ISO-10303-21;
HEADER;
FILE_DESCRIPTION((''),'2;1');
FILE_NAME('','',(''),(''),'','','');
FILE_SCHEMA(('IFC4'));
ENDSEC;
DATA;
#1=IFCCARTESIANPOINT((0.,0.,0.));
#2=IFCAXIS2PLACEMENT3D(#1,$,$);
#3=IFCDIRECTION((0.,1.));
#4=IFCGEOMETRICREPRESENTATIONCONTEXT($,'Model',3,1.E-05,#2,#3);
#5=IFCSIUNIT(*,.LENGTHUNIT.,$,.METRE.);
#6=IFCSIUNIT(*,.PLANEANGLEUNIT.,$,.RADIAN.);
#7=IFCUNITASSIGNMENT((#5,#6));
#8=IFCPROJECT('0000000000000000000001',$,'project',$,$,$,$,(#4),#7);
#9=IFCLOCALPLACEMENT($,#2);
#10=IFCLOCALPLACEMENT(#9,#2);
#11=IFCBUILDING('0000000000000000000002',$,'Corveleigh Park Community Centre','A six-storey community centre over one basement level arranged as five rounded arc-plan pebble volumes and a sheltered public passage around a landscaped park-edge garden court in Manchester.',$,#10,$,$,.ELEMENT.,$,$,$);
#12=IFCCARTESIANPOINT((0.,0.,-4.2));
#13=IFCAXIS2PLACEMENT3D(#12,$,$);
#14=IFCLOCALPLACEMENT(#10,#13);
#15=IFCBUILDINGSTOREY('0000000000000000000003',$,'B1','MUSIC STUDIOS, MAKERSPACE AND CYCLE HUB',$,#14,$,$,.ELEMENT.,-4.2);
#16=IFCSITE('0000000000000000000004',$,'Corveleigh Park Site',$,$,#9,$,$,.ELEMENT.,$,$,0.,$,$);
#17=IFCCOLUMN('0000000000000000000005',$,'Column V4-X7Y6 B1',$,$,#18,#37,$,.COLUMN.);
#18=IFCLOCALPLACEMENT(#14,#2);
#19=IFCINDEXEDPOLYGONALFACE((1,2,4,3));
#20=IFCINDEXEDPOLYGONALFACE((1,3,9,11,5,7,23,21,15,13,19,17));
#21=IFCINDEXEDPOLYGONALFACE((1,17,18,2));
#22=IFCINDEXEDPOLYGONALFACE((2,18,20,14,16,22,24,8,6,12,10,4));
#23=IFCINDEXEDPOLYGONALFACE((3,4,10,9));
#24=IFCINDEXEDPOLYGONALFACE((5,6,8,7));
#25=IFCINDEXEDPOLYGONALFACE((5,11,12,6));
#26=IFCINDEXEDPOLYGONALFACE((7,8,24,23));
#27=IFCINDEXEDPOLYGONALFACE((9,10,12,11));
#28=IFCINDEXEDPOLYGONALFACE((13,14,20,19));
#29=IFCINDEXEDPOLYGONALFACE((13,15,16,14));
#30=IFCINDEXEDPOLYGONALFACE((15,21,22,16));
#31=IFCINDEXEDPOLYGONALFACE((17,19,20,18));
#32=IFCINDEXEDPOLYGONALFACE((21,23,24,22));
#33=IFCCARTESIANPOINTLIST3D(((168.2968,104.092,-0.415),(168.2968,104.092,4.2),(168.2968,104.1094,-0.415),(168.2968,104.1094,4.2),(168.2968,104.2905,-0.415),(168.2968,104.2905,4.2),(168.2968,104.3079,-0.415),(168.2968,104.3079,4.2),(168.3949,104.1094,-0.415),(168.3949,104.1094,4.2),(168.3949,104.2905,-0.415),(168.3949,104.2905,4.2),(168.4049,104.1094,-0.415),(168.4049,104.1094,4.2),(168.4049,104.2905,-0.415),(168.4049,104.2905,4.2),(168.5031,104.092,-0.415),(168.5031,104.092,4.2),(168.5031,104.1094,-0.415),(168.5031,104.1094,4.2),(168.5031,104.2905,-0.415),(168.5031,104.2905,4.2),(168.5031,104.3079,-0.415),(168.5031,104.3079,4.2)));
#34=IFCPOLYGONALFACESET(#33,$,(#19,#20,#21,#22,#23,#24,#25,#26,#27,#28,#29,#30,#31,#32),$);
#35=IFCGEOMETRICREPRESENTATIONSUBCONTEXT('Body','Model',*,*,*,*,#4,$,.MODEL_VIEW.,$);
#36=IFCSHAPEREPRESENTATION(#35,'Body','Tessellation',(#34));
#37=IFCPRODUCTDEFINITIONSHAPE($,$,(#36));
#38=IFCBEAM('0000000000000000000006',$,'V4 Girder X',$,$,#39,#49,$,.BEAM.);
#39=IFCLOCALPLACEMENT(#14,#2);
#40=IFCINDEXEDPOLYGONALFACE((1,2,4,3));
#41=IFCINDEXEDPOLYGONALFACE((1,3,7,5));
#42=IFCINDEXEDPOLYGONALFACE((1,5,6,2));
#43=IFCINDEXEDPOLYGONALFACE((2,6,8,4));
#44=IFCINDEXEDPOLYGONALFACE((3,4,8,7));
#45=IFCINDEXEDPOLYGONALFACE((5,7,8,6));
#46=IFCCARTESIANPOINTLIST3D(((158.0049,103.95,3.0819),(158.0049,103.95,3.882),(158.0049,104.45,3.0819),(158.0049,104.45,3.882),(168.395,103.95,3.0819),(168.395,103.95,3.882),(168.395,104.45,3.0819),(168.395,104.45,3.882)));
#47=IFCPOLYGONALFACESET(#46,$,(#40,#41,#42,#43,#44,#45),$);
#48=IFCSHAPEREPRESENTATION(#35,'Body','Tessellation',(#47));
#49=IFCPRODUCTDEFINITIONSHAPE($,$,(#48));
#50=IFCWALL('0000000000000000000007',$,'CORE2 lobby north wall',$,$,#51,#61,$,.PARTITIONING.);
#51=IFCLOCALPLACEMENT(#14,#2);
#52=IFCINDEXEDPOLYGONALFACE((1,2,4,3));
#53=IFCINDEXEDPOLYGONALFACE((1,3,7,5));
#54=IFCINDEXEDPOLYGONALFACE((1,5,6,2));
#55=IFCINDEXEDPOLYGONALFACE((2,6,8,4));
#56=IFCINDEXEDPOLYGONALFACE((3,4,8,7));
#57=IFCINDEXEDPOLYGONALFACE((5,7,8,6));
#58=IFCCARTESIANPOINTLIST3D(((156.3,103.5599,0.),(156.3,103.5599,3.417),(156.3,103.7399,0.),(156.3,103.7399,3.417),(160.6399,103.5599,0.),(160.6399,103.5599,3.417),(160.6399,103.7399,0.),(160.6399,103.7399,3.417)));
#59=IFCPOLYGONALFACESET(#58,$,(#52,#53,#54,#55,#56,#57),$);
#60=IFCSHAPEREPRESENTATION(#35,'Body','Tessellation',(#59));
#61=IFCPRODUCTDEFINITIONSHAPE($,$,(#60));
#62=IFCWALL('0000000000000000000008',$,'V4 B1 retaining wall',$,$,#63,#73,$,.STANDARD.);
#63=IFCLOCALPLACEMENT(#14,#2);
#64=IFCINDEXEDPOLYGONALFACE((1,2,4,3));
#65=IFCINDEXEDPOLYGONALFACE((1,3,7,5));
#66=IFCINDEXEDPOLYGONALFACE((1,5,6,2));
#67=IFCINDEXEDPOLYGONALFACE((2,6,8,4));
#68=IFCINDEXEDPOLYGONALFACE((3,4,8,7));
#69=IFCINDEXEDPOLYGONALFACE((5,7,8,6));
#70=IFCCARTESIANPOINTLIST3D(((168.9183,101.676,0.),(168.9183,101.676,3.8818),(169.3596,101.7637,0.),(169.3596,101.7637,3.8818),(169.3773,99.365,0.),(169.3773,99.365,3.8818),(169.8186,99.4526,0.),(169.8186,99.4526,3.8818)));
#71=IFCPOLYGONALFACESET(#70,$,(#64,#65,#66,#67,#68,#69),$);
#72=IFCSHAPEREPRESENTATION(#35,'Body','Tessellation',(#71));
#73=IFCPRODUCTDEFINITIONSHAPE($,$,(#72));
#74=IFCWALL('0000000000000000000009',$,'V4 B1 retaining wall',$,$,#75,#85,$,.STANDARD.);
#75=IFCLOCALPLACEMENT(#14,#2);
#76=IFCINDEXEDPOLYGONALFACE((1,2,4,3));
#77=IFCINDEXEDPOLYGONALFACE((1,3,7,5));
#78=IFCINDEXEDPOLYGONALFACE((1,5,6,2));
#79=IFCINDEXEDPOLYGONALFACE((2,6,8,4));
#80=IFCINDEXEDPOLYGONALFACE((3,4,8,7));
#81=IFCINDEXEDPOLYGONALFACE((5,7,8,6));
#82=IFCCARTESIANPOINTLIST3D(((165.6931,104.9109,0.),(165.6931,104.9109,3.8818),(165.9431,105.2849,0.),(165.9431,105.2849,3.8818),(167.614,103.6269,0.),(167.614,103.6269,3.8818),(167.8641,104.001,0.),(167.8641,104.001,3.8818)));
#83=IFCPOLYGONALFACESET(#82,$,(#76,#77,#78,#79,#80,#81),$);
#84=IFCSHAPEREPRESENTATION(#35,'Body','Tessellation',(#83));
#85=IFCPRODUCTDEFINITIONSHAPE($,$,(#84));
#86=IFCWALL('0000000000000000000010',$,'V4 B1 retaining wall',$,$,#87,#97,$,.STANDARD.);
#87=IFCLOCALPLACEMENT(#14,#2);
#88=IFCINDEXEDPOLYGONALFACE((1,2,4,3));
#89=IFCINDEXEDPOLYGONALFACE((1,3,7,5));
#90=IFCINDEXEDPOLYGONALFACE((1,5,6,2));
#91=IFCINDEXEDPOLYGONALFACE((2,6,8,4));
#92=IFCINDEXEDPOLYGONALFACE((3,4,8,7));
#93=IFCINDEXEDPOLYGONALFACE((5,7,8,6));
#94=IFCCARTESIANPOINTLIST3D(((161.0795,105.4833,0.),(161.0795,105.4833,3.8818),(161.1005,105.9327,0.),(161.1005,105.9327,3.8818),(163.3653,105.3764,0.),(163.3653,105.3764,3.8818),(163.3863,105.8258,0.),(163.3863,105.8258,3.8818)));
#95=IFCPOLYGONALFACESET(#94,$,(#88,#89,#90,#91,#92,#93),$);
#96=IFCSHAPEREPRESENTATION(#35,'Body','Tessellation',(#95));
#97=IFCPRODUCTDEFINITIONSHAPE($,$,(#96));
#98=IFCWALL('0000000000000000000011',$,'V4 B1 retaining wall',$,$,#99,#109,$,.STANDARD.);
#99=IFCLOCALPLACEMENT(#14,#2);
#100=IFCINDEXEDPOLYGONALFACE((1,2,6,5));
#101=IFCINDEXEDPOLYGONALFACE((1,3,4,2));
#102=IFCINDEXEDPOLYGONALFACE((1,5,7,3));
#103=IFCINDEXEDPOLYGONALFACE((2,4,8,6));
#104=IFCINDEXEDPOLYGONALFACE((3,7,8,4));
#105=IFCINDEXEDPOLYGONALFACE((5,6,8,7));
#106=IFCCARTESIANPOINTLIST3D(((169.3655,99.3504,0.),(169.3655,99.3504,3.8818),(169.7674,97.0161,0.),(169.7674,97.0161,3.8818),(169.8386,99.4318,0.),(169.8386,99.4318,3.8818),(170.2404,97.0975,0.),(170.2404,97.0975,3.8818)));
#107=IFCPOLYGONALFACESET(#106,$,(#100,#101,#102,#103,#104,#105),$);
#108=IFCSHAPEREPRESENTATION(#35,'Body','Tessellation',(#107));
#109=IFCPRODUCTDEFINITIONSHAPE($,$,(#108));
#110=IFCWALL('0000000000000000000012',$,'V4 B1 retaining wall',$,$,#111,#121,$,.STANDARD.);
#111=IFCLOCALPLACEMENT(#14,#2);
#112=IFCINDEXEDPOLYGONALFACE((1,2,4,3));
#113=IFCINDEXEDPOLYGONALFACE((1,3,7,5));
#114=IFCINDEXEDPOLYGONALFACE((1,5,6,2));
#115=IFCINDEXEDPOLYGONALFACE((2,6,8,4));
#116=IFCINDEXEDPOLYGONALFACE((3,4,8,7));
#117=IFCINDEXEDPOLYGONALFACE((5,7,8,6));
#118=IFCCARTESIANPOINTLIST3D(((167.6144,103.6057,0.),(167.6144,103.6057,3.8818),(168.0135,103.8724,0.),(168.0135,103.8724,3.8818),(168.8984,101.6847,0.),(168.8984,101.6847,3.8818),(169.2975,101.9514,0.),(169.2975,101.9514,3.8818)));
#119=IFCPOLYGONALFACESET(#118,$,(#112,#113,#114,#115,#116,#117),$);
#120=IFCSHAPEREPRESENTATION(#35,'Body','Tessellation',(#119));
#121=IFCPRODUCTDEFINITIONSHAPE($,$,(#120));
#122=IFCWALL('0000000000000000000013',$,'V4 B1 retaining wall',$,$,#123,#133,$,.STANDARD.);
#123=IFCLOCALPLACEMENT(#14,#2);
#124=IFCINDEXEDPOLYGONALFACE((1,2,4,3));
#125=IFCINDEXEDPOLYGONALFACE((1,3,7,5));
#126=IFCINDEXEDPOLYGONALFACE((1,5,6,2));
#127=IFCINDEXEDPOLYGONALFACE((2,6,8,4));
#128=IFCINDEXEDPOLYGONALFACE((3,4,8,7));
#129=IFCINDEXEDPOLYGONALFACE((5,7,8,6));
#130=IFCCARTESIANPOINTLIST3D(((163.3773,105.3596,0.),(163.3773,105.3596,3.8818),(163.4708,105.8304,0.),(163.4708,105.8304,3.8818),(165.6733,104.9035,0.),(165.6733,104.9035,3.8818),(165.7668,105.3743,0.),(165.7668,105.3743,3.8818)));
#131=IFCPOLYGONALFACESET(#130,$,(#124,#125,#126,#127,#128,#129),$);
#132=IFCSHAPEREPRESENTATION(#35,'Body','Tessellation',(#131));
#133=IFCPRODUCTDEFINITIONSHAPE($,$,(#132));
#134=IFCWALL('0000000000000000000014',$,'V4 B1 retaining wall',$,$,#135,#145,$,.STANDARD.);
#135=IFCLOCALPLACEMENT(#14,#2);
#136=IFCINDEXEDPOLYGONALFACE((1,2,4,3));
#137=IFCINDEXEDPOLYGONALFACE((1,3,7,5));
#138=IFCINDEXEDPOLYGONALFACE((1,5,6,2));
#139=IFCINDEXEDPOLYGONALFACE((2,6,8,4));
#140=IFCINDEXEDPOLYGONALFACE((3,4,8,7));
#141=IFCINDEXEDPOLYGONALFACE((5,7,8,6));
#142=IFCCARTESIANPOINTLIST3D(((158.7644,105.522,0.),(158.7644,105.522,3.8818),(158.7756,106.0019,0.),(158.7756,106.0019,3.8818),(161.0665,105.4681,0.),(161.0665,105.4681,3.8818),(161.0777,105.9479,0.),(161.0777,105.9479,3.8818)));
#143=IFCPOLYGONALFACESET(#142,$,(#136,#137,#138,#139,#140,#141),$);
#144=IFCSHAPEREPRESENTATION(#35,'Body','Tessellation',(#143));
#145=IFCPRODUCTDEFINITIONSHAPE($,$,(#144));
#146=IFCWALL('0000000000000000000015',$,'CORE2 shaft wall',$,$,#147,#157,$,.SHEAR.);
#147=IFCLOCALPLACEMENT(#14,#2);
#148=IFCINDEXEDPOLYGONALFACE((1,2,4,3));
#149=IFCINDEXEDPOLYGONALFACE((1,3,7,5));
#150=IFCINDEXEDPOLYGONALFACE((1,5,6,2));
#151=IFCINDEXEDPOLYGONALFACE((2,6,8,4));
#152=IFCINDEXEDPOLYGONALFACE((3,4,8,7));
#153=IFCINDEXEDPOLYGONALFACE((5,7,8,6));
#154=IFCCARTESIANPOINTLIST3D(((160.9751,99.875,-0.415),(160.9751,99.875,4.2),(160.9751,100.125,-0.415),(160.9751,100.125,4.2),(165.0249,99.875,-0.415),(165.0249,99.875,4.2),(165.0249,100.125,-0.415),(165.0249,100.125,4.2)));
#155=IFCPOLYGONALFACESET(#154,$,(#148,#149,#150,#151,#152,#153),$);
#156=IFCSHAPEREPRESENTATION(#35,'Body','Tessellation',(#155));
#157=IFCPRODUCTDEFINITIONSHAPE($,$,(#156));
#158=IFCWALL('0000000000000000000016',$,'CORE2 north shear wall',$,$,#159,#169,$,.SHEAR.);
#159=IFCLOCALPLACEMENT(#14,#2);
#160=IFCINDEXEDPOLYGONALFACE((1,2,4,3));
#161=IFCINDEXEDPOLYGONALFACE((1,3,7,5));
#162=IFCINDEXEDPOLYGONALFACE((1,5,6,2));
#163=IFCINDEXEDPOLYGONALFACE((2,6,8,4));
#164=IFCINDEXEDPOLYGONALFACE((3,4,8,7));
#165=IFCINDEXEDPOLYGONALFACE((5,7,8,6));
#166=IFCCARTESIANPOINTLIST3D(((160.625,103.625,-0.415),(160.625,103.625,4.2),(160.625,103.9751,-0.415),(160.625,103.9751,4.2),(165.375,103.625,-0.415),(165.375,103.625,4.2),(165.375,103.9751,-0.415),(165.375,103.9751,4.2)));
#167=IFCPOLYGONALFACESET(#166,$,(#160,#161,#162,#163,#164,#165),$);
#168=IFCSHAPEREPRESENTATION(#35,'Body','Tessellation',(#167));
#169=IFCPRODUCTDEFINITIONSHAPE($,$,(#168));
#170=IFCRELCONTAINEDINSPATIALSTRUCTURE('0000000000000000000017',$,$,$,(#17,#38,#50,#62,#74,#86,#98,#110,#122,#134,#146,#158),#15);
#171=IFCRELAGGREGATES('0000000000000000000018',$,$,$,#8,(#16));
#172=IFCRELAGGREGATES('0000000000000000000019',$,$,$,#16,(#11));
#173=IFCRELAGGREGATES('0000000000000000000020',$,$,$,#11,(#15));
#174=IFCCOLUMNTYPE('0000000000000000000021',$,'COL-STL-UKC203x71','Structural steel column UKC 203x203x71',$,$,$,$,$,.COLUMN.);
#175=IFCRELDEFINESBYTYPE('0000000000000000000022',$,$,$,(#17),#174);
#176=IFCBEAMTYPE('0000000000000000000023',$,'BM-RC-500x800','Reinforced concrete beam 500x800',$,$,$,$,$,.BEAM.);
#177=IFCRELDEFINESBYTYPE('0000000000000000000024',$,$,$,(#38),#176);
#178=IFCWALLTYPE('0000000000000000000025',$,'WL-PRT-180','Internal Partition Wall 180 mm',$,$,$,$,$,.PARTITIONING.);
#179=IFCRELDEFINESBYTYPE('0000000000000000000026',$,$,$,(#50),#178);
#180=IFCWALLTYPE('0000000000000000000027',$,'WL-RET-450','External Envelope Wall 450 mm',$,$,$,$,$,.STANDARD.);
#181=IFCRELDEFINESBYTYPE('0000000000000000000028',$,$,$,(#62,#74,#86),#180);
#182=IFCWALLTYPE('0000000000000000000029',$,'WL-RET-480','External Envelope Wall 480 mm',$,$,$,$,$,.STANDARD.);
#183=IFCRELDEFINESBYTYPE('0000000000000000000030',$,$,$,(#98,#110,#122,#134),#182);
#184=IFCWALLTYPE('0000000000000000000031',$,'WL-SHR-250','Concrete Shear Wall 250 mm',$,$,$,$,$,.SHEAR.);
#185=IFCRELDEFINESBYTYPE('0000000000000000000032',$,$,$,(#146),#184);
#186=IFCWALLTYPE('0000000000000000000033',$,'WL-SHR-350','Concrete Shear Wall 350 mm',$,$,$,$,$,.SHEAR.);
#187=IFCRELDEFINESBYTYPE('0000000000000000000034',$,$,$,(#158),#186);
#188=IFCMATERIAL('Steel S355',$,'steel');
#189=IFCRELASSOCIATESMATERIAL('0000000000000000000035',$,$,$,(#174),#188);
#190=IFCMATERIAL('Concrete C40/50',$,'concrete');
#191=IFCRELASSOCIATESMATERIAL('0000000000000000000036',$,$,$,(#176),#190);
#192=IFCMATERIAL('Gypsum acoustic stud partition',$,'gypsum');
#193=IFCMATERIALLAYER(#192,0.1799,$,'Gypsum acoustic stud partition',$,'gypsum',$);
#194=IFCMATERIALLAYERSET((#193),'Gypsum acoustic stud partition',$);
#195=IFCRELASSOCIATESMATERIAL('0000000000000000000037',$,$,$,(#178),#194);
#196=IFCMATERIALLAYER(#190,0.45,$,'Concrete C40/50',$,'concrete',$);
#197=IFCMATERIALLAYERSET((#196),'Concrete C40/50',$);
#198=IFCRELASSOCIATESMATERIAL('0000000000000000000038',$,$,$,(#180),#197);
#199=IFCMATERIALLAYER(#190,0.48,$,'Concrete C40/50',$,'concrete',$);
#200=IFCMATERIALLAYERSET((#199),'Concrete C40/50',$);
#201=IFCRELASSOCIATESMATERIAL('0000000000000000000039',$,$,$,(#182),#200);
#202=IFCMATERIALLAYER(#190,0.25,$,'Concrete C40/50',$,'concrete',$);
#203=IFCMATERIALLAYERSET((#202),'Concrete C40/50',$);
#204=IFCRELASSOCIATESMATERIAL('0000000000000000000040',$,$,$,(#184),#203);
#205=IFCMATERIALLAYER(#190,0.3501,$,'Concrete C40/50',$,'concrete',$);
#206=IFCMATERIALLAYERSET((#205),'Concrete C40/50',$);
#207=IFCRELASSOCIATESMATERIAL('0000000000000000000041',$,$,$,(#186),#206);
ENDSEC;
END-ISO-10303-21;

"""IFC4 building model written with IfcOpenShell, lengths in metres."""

from ifc_helpers import new_model, si_unit, direction, frame, frame_2d, origin, origin_2d, place, context, subcontext, project, spatial, rectangle, i_section, extrude, material, layer, layer_set, material_profile, profile_set, type_object, element, save


model = new_model("IFC4")

# Units and contexts
model_context = context("Model", 3, precision=1e-05, world=origin(), true_north=direction((0.0, 1.0)))
body_context = subcontext(model_context, "Body", "Model", "MODEL_VIEW")
ifc_project = project(units=[si_unit("LENGTHUNIT", "METRE"), si_unit("PLANEANGLEUNIT", "RADIAN")], contexts=[model_context])

# Site, building, storey
site_placement = place(None, origin())
site = spatial("IfcSite", under=ifc_project, at=site_placement, Name="Corveleigh Park Site", CompositionType="ELEMENT", RefElevation=0.0)
building_placement = place(site_placement, origin())
building = spatial("IfcBuilding", under=site, at=building_placement, Name="Corveleigh Park Community Centre", Description="A six-storey community centre over one basement level arranged as five rounded arc-plan pebble volumes and a sheltered public passage around a landscaped park-edge garden court in Manchester.", CompositionType="ELEMENT")
storey_placement = place(building_placement, frame((0.0, 0.0, -4.2)))
storey = spatial("IfcBuildingStorey", under=building, at=storey_placement, Name="B1", Description="MUSIC STUDIOS, MAKERSPACE AND CYCLE HUB", CompositionType="ELEMENT", Elevation=-4.2)

# Shared definitions
ifc_material_1 = material(Name="Concrete C40/50", Category="concrete")

# Column
ifc_material_2 = material(Name="Steel S355", Category="steel")
ifc_material_profile_1 = material_profile(ifc_material_2, i_section(OverallWidth=0.2063, OverallDepth=0.2158, WebThickness=0.01, FlangeThickness=0.0173, at=origin_2d()), Name="UKC 203x203x71", Category="steel")
ifc_profile_set_1 = profile_set([ifc_material_profile_1], Name="Steel S355")
column_type_1 = type_object("IfcColumnType", Name="COL-STL-UKC203x71", Description="Structural steel column UKC 203x203x71", PredefinedType="COLUMN", material=ifc_profile_set_1)
column_placement = place(storey_placement, frame((168.3999, 104.2, -0.415), z_axis=(0.0, 0.0, 1.0), x_axis=(1.0, 0.0, 0.0)))
element("IfcColumn", 1, at=column_placement, inside=storey, type_object=column_type_1, Name="Column V4-X7Y6 B1", PredefinedType="COLUMN", context=body_context, shape_type="SweptSolid", body=[
    extrude(i_section(OverallWidth=0.2063, OverallDepth=0.2158, WebThickness=0.01, FlangeThickness=0.0173, at=origin_2d()), origin(), (0.0, 0.0, 1.0), 4.615),
])

# Beam
ifc_material_profile_2 = material_profile(ifc_material_1, rectangle(XDim=0.5, YDim=0.8, at=origin_2d()), Name="RC-500x800", Category="concrete")
ifc_profile_set_2 = profile_set([ifc_material_profile_2], Name="Concrete C40/50")
beam_type = type_object("IfcBeamType", Name="BM-RC-500x800", Description="Reinforced concrete beam 500x800", PredefinedType="BEAM", material=ifc_profile_set_2)
beam_placement = place(storey_placement, frame((158.0049, 104.2, 3.4819), z_axis=(1.0, 0.0, 0.0), x_axis=(0.0, 1.0, 0.0)))
element("IfcBeam", 2, at=beam_placement, inside=storey, type_object=beam_type, Name="V4 Girder X", PredefinedType="BEAM", context=body_context, shape_type="SweptSolid", body=[
    extrude(rectangle(XDim=0.5, YDim=0.8, at=origin_2d()), origin(), (0.0, 0.0, 1.0), 10.3901),
])

# Walls
ifc_material_3 = material(Name="Gypsum acoustic stud partition", Category="gypsum")
ifc_layer_1 = layer(ifc_material_3, 0.1799, Name="Gypsum acoustic stud partition", Category="gypsum")
ifc_layer_set_1 = layer_set([ifc_layer_1], Name="Gypsum acoustic stud partition")
wall_type_1 = type_object("IfcWallType", Name="WL-PRT-180", Description="Internal Partition Wall 180 mm", PredefinedType="PARTITIONING", material=ifc_layer_set_1)
wall_1_placement = place(storey_placement, frame((160.6399, 103.6499, 0.0), z_axis=(0.0, 0.0, 1.0), x_axis=(-1.0, 0.0, 0.0)))
element("IfcWall", 3, at=wall_1_placement, inside=storey, type_object=wall_type_1, Name="CORE2 lobby north wall", PredefinedType="PARTITIONING", context=body_context, shape_type="SweptSolid", body=[
    extrude(rectangle(XDim=4.3398, YDim=0.1799, at=frame_2d((2.1699, 0.0))), origin(), (0.0, 0.0, 1.0), 3.417),
])
ifc_layer_2 = layer(ifc_material_1, 0.45, Name="Concrete C40/50", Category="concrete")
ifc_layer_set_2 = layer_set([ifc_layer_2], Name="Concrete C40/50")
wall_type_2 = type_object("IfcWallType", Name="WL-RET-450", Description="External Envelope Wall 450 mm", PredefinedType="STANDARD", material=ifc_layer_set_2)
wall_2_placement = place(storey_placement, frame((169.1389, 101.72, 0.0), z_axis=(0.0, 0.0, 1.0), x_axis=(0.194801, -0.980843, 0.0)))
element("IfcWall", 4, at=wall_2_placement, inside=storey, type_object=wall_type_2, Name="V4 B1 retaining wall", PredefinedType="STANDARD", context=body_context, shape_type="SweptSolid", body=[
    extrude(rectangle(XDim=2.3562, YDim=0.45, at=frame_2d((1.1782, 0.0))), origin(), (0.0, 0.0, 1.0), 3.8818),
])
wall_3_placement = place(storey_placement, frame((165.8181, 105.0979, 0.0), z_axis=(0.0, 0.0, 1.0), x_axis=(0.831383, -0.5557, 0.0)))
element("IfcWall", 5, at=wall_3_placement, inside=storey, type_object=wall_type_2, Name="V4 B1 retaining wall", PredefinedType="STANDARD", context=body_context, shape_type="SweptSolid", body=[
    extrude(rectangle(XDim=2.3105, YDim=0.45, at=frame_2d((1.1553, 0.0))), origin(), (0.0, 0.0, 1.0), 3.8818),
])
wall_4_placement = place(storey_placement, frame((161.0901, 105.708, 0.0), z_axis=(0.0, 0.0, 1.0), x_axis=(0.998908, -0.046729, 0.0)))
element("IfcWall", 6, at=wall_4_placement, inside=storey, type_object=wall_type_2, Name="V4 B1 retaining wall", PredefinedType="STANDARD", context=body_context, shape_type="SweptSolid", body=[
    extrude(rectangle(XDim=2.2883, YDim=0.45, at=frame_2d((1.144, 0.0))), origin(), (0.0, 0.0, 1.0), 3.8818),
])
ifc_layer_3 = layer(ifc_material_1, 0.48, Name="Concrete C40/50", Category="concrete")
ifc_layer_set_3 = layer_set([ifc_layer_3], Name="Concrete C40/50")
wall_type_3 = type_object("IfcWallType", Name="WL-RET-480", Description="External Envelope Wall 480 mm", PredefinedType="STANDARD", material=ifc_layer_set_3)
wall_5_placement = place(storey_placement, frame((169.6021, 99.3911, 0.0), z_axis=(0.0, 0.0, 1.0), x_axis=(0.169662, -0.985502, 0.0)))
element("IfcWall", 7, at=wall_5_placement, inside=storey, type_object=wall_type_3, Name="V4 B1 retaining wall", PredefinedType="STANDARD", context=body_context, shape_type="SweptSolid", body=[
    extrude(rectangle(XDim=2.3687, YDim=0.48, at=frame_2d((1.1843, 0.0))), origin(), (0.0, 0.0, 1.0), 3.8818),
])
wall_6_placement = place(storey_placement, frame((167.814, 103.739, 0.0), z_axis=(0.0, 0.0, 1.0), x_axis=(0.5557, -0.831383, 0.0)))
element("IfcWall", 8, at=wall_6_placement, inside=storey, type_object=wall_type_3, Name="V4 B1 retaining wall", PredefinedType="STANDARD", context=body_context, shape_type="SweptSolid", body=[
    extrude(rectangle(XDim=2.3105, YDim=0.48, at=frame_2d((1.1553, 0.0))), origin(), (0.0, 0.0, 1.0), 3.8818),
])
wall_7_placement = place(storey_placement, frame((163.4241, 105.595, 0.0), z_axis=(0.0, 0.0, 1.0), x_axis=(0.980837, -0.194832, 0.0)))
element("IfcWall", 9, at=wall_7_placement, inside=storey, type_object=wall_type_3, Name="V4 B1 retaining wall", PredefinedType="STANDARD", context=body_context, shape_type="SweptSolid", body=[
    extrude(rectangle(XDim=2.3408, YDim=0.48, at=frame_2d((1.1704, 0.0))), origin(), (0.0, 0.0, 1.0), 3.8818),
])
wall_8_placement = place(storey_placement, frame((158.77, 105.762, 0.0), z_axis=(0.0, 0.0, 1.0), x_axis=(0.999725, -0.023432, 0.0)))
element("IfcWall", 10, at=wall_8_placement, inside=storey, type_object=wall_type_3, Name="V4 B1 retaining wall", PredefinedType="STANDARD", context=body_context, shape_type="SweptSolid", body=[
    extrude(rectangle(XDim=2.3027, YDim=0.48, at=frame_2d((1.1514, 0.0))), origin(), (0.0, 0.0, 1.0), 3.8818),
])
ifc_layer_4 = layer(ifc_material_1, 0.25, Name="Concrete C40/50", Category="concrete")
ifc_layer_set_4 = layer_set([ifc_layer_4], Name="Concrete C40/50")
wall_type_4 = type_object("IfcWallType", Name="WL-SHR-250", Description="Concrete Shear Wall 250 mm", PredefinedType="SHEAR", material=ifc_layer_set_4)
wall_9_placement = place(storey_placement, frame((160.9751, 100.0, -0.415), z_axis=(0.0, 0.0, 1.0), x_axis=(1.0, 0.0, 0.0)))
element("IfcWall", 11, at=wall_9_placement, inside=storey, type_object=wall_type_4, Name="CORE2 shaft wall", PredefinedType="SHEAR", context=body_context, shape_type="SweptSolid", body=[
    extrude(rectangle(XDim=4.0498, YDim=0.25, at=frame_2d((2.0249, 0.0))), origin(), (0.0, 0.0, 1.0), 4.615),
])
ifc_layer_5 = layer(ifc_material_1, 0.3501, Name="Concrete C40/50", Category="concrete")
ifc_layer_set_5 = layer_set([ifc_layer_5], Name="Concrete C40/50")
wall_type_5 = type_object("IfcWallType", Name="WL-SHR-350", Description="Concrete Shear Wall 350 mm", PredefinedType="SHEAR", material=ifc_layer_set_5)
wall_10_placement = place(storey_placement, frame((165.375, 103.8, -0.415), z_axis=(0.0, 0.0, 1.0), x_axis=(-1.0, 0.0, 0.0)))
element("IfcWall", 12, at=wall_10_placement, inside=storey, type_object=wall_type_5, Name="CORE2 north shear wall", PredefinedType="SHEAR", context=body_context, shape_type="SweptSolid", body=[
    extrude(rectangle(XDim=4.75, YDim=0.3501, at=frame_2d((2.375, 0.0))), origin(), (0.0, 0.0, 1.0), 4.615),
])

save(model, "model.ifc")
